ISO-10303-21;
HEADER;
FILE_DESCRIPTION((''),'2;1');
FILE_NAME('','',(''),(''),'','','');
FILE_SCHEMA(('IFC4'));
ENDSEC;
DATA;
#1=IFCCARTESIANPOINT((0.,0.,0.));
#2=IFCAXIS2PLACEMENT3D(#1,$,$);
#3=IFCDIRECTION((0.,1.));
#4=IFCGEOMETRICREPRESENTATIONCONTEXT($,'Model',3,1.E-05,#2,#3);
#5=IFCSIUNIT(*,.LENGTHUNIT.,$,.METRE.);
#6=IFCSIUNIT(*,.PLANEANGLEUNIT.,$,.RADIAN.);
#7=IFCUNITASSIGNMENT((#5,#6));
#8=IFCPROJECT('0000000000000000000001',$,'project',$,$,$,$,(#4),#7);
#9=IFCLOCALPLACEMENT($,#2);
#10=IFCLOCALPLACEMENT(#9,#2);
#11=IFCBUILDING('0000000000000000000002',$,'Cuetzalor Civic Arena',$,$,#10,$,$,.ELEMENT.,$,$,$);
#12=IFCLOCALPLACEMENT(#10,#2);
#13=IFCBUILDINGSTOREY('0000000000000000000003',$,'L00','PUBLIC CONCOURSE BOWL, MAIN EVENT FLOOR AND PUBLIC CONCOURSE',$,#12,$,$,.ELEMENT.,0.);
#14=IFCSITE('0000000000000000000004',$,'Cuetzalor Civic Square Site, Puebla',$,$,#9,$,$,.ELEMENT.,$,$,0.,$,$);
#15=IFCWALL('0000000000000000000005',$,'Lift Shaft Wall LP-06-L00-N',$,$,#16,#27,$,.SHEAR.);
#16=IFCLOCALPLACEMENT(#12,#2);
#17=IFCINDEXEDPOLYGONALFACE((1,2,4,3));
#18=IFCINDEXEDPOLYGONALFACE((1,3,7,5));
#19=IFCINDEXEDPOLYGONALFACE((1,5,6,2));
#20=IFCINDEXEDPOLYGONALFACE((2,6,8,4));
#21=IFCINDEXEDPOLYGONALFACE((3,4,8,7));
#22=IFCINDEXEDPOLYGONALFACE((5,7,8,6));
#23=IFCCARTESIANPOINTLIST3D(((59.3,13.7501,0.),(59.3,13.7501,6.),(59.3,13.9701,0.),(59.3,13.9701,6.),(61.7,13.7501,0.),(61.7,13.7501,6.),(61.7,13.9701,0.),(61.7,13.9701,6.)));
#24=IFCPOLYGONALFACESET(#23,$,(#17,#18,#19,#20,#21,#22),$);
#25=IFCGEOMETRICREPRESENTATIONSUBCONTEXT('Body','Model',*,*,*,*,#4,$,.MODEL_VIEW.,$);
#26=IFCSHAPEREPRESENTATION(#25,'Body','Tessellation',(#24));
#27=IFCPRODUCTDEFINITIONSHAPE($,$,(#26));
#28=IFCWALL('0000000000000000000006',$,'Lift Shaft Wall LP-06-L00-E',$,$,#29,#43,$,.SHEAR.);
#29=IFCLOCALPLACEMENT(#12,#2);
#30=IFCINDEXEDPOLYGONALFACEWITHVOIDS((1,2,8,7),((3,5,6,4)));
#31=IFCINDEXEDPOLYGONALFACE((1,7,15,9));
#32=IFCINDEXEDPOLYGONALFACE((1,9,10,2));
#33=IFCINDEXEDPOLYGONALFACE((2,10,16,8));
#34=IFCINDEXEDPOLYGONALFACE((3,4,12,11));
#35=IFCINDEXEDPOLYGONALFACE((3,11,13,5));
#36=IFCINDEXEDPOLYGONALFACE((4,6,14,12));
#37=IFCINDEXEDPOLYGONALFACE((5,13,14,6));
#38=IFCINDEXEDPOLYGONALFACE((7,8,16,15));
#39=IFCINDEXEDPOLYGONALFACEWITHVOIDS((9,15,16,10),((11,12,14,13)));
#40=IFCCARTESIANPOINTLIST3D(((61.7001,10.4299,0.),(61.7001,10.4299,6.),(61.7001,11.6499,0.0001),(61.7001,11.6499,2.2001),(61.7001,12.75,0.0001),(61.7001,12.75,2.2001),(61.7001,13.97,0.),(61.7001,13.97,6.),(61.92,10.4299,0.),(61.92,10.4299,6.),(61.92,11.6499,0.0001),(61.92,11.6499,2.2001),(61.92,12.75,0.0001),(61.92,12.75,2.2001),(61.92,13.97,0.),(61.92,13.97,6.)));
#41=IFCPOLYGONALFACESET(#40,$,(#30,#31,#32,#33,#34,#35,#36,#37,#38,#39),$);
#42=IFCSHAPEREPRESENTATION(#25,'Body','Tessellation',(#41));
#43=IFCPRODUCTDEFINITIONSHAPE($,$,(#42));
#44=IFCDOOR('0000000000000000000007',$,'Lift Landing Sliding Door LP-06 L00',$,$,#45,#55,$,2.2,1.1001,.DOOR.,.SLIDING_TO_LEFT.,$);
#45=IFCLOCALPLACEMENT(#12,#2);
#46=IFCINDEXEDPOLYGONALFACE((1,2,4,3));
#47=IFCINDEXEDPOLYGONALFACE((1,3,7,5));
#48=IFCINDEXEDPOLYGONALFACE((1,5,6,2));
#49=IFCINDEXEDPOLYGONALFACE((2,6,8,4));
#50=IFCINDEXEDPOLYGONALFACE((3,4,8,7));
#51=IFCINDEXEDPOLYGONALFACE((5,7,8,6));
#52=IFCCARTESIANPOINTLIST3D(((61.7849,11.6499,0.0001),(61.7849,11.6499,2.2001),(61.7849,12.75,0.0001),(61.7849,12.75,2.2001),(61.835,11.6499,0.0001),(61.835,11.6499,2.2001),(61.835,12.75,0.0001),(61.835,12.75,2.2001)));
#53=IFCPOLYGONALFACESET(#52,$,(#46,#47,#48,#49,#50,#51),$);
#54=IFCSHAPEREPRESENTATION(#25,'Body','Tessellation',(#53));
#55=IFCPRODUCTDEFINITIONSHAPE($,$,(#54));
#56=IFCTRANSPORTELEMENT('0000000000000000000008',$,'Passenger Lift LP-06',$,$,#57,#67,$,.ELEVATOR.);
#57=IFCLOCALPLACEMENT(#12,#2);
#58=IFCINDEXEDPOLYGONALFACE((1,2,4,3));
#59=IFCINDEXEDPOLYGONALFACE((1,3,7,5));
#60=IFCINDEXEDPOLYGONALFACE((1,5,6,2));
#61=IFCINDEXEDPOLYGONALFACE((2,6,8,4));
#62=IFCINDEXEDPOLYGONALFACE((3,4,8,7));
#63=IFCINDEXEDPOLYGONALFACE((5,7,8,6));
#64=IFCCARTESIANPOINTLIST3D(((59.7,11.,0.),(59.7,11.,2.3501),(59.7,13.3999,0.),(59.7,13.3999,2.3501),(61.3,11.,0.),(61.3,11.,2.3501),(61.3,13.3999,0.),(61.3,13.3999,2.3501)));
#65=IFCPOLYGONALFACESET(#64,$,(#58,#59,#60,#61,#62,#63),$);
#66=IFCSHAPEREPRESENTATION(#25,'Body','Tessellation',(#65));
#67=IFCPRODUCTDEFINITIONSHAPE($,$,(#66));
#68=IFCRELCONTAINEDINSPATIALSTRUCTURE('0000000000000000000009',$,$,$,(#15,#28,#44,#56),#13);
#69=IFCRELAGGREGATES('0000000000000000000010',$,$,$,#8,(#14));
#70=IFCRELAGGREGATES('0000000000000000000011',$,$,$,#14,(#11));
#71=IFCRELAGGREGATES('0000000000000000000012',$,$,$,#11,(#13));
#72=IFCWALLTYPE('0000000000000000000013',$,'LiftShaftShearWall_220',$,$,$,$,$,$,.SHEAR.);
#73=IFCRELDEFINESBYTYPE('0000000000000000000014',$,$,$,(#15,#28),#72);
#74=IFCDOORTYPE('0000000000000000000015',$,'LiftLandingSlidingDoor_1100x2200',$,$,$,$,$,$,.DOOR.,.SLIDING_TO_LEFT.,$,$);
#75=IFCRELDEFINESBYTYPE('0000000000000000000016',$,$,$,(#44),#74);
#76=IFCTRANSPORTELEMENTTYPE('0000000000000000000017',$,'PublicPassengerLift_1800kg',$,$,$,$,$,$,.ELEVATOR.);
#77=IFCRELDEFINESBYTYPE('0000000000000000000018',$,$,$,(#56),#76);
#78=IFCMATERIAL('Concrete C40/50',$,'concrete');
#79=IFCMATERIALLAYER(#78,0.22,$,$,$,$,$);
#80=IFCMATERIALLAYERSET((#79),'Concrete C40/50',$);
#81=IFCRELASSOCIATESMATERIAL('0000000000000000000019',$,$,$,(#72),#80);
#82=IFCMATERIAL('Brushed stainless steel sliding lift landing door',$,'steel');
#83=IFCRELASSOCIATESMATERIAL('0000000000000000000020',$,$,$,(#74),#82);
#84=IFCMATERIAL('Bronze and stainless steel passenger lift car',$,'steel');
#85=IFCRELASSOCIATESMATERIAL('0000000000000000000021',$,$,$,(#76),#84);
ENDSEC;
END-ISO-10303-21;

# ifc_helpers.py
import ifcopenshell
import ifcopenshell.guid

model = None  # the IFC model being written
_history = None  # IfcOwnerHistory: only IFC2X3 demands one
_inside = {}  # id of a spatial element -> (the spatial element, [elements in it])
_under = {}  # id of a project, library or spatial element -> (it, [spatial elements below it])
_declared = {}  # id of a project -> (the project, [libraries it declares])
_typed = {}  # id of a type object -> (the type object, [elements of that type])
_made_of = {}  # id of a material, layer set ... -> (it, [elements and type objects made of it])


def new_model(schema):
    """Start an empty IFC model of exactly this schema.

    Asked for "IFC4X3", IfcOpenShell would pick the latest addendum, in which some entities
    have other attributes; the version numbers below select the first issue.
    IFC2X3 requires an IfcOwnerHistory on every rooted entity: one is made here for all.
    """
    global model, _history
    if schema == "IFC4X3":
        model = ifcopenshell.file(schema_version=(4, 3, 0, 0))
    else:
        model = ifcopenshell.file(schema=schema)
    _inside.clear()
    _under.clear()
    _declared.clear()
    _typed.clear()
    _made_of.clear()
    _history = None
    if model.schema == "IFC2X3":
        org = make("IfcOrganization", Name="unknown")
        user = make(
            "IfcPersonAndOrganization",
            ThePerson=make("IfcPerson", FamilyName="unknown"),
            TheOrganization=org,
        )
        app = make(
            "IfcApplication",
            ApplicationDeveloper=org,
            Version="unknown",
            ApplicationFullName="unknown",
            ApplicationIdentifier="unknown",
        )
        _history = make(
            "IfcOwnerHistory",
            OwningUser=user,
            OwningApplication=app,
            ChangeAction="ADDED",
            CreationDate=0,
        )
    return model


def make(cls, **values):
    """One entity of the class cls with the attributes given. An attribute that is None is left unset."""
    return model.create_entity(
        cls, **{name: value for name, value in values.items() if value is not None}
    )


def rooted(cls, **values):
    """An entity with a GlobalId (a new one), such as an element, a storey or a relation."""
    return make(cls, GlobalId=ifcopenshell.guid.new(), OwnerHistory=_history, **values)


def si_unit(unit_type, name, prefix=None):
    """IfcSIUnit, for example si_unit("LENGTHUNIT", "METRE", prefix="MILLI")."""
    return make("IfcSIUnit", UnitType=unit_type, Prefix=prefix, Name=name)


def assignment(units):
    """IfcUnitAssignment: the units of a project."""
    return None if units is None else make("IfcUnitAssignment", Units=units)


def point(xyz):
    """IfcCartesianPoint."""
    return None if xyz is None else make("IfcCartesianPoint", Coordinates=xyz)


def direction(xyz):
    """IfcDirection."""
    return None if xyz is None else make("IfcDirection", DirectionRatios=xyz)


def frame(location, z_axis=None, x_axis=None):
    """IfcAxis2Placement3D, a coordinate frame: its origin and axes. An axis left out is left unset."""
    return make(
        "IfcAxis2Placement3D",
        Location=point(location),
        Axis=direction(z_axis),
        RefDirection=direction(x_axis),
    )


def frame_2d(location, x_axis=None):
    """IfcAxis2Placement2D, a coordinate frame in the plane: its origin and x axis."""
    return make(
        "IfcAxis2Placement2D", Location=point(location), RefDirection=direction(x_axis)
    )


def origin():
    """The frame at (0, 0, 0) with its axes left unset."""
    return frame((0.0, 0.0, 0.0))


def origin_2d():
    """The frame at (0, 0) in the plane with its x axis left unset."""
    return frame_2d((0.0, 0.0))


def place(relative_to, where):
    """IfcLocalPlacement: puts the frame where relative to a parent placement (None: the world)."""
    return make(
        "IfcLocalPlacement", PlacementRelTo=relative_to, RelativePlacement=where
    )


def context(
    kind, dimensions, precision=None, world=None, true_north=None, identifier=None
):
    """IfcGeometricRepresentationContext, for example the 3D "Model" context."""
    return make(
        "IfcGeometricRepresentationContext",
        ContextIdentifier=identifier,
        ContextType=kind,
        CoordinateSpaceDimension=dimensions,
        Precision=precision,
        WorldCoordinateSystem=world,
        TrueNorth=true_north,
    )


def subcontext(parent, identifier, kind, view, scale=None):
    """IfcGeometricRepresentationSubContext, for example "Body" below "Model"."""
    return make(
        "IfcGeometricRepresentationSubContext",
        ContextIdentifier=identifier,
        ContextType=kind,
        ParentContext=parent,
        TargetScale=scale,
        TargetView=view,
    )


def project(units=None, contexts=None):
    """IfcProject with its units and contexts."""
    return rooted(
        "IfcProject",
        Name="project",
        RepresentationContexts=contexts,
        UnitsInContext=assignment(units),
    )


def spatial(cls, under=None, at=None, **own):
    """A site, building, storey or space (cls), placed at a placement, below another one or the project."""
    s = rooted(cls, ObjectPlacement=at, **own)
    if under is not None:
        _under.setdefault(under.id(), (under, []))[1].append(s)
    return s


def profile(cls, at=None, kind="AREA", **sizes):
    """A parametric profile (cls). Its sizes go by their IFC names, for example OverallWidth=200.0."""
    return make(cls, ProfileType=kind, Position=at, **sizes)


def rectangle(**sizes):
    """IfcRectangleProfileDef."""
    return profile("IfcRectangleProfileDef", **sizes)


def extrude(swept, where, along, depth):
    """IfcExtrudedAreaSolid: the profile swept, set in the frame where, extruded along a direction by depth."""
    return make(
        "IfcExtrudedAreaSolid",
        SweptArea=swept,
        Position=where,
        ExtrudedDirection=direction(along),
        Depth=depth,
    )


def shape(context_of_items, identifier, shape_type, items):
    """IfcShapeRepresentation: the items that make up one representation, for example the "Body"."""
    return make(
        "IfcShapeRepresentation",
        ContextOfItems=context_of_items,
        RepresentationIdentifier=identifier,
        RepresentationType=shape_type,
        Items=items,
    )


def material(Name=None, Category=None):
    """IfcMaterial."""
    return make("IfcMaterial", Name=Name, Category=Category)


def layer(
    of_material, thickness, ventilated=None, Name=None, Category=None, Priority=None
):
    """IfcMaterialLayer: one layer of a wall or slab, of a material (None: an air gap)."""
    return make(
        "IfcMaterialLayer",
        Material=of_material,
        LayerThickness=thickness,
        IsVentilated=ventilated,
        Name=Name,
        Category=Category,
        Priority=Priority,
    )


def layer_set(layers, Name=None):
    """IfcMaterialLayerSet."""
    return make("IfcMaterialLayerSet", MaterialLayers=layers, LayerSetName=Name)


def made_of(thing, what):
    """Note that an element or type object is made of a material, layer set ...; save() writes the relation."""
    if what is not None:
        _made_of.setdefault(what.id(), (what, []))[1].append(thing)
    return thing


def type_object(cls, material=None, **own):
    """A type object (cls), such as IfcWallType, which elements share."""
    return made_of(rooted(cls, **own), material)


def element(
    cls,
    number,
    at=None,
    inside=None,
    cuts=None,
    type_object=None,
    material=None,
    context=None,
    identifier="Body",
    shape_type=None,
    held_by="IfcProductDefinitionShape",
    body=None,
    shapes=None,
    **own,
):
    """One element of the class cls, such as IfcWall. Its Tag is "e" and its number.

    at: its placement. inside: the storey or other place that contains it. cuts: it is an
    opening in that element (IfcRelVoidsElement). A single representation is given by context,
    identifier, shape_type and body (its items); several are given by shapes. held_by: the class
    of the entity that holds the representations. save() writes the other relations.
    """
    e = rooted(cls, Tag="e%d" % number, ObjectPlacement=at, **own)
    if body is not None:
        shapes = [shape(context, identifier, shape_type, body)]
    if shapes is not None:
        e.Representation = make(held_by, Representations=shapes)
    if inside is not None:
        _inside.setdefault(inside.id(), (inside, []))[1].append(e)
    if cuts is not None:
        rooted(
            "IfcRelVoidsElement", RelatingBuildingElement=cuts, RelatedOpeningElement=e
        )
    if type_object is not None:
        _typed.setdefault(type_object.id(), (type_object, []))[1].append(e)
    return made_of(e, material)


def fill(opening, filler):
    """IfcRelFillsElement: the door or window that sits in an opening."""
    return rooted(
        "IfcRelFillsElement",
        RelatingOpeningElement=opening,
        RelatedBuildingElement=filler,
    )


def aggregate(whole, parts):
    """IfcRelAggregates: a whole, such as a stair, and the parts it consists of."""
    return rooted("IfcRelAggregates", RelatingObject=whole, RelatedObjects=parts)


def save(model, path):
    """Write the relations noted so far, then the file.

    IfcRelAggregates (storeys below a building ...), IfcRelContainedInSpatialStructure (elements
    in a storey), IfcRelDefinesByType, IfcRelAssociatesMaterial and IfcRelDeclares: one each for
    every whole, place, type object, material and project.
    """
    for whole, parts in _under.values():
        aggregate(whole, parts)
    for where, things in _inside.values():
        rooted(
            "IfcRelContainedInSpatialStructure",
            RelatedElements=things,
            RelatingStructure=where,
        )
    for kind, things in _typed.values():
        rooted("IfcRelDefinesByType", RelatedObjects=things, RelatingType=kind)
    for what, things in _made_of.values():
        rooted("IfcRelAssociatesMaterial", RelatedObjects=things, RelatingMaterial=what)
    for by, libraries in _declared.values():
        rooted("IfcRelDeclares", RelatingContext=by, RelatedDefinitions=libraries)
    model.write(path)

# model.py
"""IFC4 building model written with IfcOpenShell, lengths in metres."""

from ifc_helpers import new_model, si_unit, direction, frame, frame_2d, origin, origin_2d, place, context, subcontext, project, spatial, rectangle, extrude, material, layer, layer_set, type_object, element, fill, save


model = new_model("IFC4")

# Units and contexts
model_context = context("Model", 3, precision=1e-05, world=origin(), true_north=direction((0.0, 1.0)))
body_context = subcontext(model_context, "Body", "Model", "MODEL_VIEW")
ifc_project = project(units=[si_unit("LENGTHUNIT", "METRE"), si_unit("PLANEANGLEUNIT", "RADIAN")], contexts=[model_context])

# Site, building, storey
site_placement = place(None, origin())
site = spatial("IfcSite", under=ifc_project, at=site_placement, Name="Cuetzalor Civic Square Site, Puebla", CompositionType="ELEMENT", RefElevation=0.0)
building_placement = place(site_placement, origin())
building = spatial("IfcBuilding", under=site, at=building_placement, Name="Cuetzalor Civic Arena", CompositionType="ELEMENT")
storey_placement = place(building_placement, origin())
storey = spatial("IfcBuildingStorey", under=building, at=storey_placement, Name="L00", Description="PUBLIC CONCOURSE BOWL, MAIN EVENT FLOOR AND PUBLIC CONCOURSE", CompositionType="ELEMENT", Elevation=0.0)

# Wall
ifc_material_1 = material(Name="Concrete C40/50", Category="concrete")
ifc_layer_1 = layer(ifc_material_1, 0.22)
ifc_layer_set_1 = layer_set([ifc_layer_1], Name="Concrete C40/50")
wall_type_1 = type_object("IfcWallType", Name="LiftShaftShearWall_220", PredefinedType="SHEAR", material=ifc_layer_set_1)
wall_1_placement = place(storey_placement, frame((59.3, 13.8601, 0.0), z_axis=(0.0, 0.0, 1.0), x_axis=(1.0, 0.0, 0.0)))
element("IfcWall", 1, at=wall_1_placement, inside=storey, type_object=wall_type_1, Name="Lift Shaft Wall LP-06-L00-N", PredefinedType="SHEAR", context=body_context, shape_type="SweptSolid", body=[
    extrude(rectangle(XDim=2.3999, YDim=0.22, at=frame_2d((1.2, 0.0))), origin(), (0.0, 0.0, 1.0), 6.0),
])

# Wall, opening, door
wall_2_placement = place(storey_placement, frame((61.8101, 13.97, 0.0), z_axis=(0.0, 0.0, 1.0), x_axis=(0.0, -1.0, 0.0)))
wall_2 = element("IfcWall", 2, at=wall_2_placement, inside=storey, type_object=wall_type_1, Name="Lift Shaft Wall LP-06-L00-E", PredefinedType="SHEAR", context=body_context, shape_type="SweptSolid", body=[
    extrude(rectangle(XDim=3.54, YDim=0.22, at=frame_2d((1.77, 0.0))), origin(), (0.0, 0.0, 1.0), 6.0),
])
opening_1_placement = place(wall_2_placement, frame((1.22, 0.0, 0.0)))
opening_1 = element("IfcOpeningElement", 3, at=opening_1_placement, cuts=wall_2, PredefinedType="OPENING", context=body_context, shape_type="SweptSolid", body=[
    extrude(rectangle(XDim=1.1001, YDim=2.2, at=frame_2d((0.55, 1.1001))), frame((0.0, 0.1201, 0.0), z_axis=(0.0, -1.0, 0.0), x_axis=(1.0, 0.0, 0.0)), (0.0, 0.0, 1.0), 0.24),
])
ifc_material_2 = material(Name="Brushed stainless steel sliding lift landing door", Category="steel")
door_type_1 = type_object("IfcDoorType", Name="LiftLandingSlidingDoor_1100x2200", OperationType="SLIDING_TO_LEFT", PredefinedType="DOOR", material=ifc_material_2)
door_1_placement = place(opening_1_placement, origin())
door_1 = element("IfcDoor", 4, at=door_1_placement, inside=storey, type_object=door_type_1, Name="Lift Landing Sliding Door LP-06 L00", OperationType="SLIDING_TO_LEFT", OverallHeight=2.2, OverallWidth=1.1001, PredefinedType="DOOR", context=body_context, shape_type="SweptSolid", body=[
    extrude(rectangle(XDim=1.1001, YDim=2.2, at=frame_2d((0.55, 1.1001))), frame((0.0, 0.0249, 0.0), z_axis=(0.0, -1.0, 0.0), x_axis=(1.0, 0.0, 0.0)), (0.0, 0.0, 1.0), 0.05),
])
fill(opening_1, door_1)

# Transport element
ifc_material_3 = material(Name="Bronze and stainless steel passenger lift car", Category="steel")
transport_element_type = type_object("IfcTransportElementType", Name="PublicPassengerLift_1800kg", PredefinedType="ELEVATOR", material=ifc_material_3)
transport_element_placement = place(storey_placement, frame((60.5, 12.2, 0.0), z_axis=(0.0, 0.0, 1.0), x_axis=(1.0, 0.0, 0.0)))
element("IfcTransportElement", 5, at=transport_element_placement, inside=storey, type_object=transport_element_type, Name="Passenger Lift LP-06", PredefinedType="ELEVATOR", context=body_context, shape_type="SweptSolid", body=[
    extrude(rectangle(XDim=1.6001, YDim=2.3999, at=origin_2d()), origin(), (0.0, 0.0, 1.0), 2.3501),
])

save(model, "model.ifc")
